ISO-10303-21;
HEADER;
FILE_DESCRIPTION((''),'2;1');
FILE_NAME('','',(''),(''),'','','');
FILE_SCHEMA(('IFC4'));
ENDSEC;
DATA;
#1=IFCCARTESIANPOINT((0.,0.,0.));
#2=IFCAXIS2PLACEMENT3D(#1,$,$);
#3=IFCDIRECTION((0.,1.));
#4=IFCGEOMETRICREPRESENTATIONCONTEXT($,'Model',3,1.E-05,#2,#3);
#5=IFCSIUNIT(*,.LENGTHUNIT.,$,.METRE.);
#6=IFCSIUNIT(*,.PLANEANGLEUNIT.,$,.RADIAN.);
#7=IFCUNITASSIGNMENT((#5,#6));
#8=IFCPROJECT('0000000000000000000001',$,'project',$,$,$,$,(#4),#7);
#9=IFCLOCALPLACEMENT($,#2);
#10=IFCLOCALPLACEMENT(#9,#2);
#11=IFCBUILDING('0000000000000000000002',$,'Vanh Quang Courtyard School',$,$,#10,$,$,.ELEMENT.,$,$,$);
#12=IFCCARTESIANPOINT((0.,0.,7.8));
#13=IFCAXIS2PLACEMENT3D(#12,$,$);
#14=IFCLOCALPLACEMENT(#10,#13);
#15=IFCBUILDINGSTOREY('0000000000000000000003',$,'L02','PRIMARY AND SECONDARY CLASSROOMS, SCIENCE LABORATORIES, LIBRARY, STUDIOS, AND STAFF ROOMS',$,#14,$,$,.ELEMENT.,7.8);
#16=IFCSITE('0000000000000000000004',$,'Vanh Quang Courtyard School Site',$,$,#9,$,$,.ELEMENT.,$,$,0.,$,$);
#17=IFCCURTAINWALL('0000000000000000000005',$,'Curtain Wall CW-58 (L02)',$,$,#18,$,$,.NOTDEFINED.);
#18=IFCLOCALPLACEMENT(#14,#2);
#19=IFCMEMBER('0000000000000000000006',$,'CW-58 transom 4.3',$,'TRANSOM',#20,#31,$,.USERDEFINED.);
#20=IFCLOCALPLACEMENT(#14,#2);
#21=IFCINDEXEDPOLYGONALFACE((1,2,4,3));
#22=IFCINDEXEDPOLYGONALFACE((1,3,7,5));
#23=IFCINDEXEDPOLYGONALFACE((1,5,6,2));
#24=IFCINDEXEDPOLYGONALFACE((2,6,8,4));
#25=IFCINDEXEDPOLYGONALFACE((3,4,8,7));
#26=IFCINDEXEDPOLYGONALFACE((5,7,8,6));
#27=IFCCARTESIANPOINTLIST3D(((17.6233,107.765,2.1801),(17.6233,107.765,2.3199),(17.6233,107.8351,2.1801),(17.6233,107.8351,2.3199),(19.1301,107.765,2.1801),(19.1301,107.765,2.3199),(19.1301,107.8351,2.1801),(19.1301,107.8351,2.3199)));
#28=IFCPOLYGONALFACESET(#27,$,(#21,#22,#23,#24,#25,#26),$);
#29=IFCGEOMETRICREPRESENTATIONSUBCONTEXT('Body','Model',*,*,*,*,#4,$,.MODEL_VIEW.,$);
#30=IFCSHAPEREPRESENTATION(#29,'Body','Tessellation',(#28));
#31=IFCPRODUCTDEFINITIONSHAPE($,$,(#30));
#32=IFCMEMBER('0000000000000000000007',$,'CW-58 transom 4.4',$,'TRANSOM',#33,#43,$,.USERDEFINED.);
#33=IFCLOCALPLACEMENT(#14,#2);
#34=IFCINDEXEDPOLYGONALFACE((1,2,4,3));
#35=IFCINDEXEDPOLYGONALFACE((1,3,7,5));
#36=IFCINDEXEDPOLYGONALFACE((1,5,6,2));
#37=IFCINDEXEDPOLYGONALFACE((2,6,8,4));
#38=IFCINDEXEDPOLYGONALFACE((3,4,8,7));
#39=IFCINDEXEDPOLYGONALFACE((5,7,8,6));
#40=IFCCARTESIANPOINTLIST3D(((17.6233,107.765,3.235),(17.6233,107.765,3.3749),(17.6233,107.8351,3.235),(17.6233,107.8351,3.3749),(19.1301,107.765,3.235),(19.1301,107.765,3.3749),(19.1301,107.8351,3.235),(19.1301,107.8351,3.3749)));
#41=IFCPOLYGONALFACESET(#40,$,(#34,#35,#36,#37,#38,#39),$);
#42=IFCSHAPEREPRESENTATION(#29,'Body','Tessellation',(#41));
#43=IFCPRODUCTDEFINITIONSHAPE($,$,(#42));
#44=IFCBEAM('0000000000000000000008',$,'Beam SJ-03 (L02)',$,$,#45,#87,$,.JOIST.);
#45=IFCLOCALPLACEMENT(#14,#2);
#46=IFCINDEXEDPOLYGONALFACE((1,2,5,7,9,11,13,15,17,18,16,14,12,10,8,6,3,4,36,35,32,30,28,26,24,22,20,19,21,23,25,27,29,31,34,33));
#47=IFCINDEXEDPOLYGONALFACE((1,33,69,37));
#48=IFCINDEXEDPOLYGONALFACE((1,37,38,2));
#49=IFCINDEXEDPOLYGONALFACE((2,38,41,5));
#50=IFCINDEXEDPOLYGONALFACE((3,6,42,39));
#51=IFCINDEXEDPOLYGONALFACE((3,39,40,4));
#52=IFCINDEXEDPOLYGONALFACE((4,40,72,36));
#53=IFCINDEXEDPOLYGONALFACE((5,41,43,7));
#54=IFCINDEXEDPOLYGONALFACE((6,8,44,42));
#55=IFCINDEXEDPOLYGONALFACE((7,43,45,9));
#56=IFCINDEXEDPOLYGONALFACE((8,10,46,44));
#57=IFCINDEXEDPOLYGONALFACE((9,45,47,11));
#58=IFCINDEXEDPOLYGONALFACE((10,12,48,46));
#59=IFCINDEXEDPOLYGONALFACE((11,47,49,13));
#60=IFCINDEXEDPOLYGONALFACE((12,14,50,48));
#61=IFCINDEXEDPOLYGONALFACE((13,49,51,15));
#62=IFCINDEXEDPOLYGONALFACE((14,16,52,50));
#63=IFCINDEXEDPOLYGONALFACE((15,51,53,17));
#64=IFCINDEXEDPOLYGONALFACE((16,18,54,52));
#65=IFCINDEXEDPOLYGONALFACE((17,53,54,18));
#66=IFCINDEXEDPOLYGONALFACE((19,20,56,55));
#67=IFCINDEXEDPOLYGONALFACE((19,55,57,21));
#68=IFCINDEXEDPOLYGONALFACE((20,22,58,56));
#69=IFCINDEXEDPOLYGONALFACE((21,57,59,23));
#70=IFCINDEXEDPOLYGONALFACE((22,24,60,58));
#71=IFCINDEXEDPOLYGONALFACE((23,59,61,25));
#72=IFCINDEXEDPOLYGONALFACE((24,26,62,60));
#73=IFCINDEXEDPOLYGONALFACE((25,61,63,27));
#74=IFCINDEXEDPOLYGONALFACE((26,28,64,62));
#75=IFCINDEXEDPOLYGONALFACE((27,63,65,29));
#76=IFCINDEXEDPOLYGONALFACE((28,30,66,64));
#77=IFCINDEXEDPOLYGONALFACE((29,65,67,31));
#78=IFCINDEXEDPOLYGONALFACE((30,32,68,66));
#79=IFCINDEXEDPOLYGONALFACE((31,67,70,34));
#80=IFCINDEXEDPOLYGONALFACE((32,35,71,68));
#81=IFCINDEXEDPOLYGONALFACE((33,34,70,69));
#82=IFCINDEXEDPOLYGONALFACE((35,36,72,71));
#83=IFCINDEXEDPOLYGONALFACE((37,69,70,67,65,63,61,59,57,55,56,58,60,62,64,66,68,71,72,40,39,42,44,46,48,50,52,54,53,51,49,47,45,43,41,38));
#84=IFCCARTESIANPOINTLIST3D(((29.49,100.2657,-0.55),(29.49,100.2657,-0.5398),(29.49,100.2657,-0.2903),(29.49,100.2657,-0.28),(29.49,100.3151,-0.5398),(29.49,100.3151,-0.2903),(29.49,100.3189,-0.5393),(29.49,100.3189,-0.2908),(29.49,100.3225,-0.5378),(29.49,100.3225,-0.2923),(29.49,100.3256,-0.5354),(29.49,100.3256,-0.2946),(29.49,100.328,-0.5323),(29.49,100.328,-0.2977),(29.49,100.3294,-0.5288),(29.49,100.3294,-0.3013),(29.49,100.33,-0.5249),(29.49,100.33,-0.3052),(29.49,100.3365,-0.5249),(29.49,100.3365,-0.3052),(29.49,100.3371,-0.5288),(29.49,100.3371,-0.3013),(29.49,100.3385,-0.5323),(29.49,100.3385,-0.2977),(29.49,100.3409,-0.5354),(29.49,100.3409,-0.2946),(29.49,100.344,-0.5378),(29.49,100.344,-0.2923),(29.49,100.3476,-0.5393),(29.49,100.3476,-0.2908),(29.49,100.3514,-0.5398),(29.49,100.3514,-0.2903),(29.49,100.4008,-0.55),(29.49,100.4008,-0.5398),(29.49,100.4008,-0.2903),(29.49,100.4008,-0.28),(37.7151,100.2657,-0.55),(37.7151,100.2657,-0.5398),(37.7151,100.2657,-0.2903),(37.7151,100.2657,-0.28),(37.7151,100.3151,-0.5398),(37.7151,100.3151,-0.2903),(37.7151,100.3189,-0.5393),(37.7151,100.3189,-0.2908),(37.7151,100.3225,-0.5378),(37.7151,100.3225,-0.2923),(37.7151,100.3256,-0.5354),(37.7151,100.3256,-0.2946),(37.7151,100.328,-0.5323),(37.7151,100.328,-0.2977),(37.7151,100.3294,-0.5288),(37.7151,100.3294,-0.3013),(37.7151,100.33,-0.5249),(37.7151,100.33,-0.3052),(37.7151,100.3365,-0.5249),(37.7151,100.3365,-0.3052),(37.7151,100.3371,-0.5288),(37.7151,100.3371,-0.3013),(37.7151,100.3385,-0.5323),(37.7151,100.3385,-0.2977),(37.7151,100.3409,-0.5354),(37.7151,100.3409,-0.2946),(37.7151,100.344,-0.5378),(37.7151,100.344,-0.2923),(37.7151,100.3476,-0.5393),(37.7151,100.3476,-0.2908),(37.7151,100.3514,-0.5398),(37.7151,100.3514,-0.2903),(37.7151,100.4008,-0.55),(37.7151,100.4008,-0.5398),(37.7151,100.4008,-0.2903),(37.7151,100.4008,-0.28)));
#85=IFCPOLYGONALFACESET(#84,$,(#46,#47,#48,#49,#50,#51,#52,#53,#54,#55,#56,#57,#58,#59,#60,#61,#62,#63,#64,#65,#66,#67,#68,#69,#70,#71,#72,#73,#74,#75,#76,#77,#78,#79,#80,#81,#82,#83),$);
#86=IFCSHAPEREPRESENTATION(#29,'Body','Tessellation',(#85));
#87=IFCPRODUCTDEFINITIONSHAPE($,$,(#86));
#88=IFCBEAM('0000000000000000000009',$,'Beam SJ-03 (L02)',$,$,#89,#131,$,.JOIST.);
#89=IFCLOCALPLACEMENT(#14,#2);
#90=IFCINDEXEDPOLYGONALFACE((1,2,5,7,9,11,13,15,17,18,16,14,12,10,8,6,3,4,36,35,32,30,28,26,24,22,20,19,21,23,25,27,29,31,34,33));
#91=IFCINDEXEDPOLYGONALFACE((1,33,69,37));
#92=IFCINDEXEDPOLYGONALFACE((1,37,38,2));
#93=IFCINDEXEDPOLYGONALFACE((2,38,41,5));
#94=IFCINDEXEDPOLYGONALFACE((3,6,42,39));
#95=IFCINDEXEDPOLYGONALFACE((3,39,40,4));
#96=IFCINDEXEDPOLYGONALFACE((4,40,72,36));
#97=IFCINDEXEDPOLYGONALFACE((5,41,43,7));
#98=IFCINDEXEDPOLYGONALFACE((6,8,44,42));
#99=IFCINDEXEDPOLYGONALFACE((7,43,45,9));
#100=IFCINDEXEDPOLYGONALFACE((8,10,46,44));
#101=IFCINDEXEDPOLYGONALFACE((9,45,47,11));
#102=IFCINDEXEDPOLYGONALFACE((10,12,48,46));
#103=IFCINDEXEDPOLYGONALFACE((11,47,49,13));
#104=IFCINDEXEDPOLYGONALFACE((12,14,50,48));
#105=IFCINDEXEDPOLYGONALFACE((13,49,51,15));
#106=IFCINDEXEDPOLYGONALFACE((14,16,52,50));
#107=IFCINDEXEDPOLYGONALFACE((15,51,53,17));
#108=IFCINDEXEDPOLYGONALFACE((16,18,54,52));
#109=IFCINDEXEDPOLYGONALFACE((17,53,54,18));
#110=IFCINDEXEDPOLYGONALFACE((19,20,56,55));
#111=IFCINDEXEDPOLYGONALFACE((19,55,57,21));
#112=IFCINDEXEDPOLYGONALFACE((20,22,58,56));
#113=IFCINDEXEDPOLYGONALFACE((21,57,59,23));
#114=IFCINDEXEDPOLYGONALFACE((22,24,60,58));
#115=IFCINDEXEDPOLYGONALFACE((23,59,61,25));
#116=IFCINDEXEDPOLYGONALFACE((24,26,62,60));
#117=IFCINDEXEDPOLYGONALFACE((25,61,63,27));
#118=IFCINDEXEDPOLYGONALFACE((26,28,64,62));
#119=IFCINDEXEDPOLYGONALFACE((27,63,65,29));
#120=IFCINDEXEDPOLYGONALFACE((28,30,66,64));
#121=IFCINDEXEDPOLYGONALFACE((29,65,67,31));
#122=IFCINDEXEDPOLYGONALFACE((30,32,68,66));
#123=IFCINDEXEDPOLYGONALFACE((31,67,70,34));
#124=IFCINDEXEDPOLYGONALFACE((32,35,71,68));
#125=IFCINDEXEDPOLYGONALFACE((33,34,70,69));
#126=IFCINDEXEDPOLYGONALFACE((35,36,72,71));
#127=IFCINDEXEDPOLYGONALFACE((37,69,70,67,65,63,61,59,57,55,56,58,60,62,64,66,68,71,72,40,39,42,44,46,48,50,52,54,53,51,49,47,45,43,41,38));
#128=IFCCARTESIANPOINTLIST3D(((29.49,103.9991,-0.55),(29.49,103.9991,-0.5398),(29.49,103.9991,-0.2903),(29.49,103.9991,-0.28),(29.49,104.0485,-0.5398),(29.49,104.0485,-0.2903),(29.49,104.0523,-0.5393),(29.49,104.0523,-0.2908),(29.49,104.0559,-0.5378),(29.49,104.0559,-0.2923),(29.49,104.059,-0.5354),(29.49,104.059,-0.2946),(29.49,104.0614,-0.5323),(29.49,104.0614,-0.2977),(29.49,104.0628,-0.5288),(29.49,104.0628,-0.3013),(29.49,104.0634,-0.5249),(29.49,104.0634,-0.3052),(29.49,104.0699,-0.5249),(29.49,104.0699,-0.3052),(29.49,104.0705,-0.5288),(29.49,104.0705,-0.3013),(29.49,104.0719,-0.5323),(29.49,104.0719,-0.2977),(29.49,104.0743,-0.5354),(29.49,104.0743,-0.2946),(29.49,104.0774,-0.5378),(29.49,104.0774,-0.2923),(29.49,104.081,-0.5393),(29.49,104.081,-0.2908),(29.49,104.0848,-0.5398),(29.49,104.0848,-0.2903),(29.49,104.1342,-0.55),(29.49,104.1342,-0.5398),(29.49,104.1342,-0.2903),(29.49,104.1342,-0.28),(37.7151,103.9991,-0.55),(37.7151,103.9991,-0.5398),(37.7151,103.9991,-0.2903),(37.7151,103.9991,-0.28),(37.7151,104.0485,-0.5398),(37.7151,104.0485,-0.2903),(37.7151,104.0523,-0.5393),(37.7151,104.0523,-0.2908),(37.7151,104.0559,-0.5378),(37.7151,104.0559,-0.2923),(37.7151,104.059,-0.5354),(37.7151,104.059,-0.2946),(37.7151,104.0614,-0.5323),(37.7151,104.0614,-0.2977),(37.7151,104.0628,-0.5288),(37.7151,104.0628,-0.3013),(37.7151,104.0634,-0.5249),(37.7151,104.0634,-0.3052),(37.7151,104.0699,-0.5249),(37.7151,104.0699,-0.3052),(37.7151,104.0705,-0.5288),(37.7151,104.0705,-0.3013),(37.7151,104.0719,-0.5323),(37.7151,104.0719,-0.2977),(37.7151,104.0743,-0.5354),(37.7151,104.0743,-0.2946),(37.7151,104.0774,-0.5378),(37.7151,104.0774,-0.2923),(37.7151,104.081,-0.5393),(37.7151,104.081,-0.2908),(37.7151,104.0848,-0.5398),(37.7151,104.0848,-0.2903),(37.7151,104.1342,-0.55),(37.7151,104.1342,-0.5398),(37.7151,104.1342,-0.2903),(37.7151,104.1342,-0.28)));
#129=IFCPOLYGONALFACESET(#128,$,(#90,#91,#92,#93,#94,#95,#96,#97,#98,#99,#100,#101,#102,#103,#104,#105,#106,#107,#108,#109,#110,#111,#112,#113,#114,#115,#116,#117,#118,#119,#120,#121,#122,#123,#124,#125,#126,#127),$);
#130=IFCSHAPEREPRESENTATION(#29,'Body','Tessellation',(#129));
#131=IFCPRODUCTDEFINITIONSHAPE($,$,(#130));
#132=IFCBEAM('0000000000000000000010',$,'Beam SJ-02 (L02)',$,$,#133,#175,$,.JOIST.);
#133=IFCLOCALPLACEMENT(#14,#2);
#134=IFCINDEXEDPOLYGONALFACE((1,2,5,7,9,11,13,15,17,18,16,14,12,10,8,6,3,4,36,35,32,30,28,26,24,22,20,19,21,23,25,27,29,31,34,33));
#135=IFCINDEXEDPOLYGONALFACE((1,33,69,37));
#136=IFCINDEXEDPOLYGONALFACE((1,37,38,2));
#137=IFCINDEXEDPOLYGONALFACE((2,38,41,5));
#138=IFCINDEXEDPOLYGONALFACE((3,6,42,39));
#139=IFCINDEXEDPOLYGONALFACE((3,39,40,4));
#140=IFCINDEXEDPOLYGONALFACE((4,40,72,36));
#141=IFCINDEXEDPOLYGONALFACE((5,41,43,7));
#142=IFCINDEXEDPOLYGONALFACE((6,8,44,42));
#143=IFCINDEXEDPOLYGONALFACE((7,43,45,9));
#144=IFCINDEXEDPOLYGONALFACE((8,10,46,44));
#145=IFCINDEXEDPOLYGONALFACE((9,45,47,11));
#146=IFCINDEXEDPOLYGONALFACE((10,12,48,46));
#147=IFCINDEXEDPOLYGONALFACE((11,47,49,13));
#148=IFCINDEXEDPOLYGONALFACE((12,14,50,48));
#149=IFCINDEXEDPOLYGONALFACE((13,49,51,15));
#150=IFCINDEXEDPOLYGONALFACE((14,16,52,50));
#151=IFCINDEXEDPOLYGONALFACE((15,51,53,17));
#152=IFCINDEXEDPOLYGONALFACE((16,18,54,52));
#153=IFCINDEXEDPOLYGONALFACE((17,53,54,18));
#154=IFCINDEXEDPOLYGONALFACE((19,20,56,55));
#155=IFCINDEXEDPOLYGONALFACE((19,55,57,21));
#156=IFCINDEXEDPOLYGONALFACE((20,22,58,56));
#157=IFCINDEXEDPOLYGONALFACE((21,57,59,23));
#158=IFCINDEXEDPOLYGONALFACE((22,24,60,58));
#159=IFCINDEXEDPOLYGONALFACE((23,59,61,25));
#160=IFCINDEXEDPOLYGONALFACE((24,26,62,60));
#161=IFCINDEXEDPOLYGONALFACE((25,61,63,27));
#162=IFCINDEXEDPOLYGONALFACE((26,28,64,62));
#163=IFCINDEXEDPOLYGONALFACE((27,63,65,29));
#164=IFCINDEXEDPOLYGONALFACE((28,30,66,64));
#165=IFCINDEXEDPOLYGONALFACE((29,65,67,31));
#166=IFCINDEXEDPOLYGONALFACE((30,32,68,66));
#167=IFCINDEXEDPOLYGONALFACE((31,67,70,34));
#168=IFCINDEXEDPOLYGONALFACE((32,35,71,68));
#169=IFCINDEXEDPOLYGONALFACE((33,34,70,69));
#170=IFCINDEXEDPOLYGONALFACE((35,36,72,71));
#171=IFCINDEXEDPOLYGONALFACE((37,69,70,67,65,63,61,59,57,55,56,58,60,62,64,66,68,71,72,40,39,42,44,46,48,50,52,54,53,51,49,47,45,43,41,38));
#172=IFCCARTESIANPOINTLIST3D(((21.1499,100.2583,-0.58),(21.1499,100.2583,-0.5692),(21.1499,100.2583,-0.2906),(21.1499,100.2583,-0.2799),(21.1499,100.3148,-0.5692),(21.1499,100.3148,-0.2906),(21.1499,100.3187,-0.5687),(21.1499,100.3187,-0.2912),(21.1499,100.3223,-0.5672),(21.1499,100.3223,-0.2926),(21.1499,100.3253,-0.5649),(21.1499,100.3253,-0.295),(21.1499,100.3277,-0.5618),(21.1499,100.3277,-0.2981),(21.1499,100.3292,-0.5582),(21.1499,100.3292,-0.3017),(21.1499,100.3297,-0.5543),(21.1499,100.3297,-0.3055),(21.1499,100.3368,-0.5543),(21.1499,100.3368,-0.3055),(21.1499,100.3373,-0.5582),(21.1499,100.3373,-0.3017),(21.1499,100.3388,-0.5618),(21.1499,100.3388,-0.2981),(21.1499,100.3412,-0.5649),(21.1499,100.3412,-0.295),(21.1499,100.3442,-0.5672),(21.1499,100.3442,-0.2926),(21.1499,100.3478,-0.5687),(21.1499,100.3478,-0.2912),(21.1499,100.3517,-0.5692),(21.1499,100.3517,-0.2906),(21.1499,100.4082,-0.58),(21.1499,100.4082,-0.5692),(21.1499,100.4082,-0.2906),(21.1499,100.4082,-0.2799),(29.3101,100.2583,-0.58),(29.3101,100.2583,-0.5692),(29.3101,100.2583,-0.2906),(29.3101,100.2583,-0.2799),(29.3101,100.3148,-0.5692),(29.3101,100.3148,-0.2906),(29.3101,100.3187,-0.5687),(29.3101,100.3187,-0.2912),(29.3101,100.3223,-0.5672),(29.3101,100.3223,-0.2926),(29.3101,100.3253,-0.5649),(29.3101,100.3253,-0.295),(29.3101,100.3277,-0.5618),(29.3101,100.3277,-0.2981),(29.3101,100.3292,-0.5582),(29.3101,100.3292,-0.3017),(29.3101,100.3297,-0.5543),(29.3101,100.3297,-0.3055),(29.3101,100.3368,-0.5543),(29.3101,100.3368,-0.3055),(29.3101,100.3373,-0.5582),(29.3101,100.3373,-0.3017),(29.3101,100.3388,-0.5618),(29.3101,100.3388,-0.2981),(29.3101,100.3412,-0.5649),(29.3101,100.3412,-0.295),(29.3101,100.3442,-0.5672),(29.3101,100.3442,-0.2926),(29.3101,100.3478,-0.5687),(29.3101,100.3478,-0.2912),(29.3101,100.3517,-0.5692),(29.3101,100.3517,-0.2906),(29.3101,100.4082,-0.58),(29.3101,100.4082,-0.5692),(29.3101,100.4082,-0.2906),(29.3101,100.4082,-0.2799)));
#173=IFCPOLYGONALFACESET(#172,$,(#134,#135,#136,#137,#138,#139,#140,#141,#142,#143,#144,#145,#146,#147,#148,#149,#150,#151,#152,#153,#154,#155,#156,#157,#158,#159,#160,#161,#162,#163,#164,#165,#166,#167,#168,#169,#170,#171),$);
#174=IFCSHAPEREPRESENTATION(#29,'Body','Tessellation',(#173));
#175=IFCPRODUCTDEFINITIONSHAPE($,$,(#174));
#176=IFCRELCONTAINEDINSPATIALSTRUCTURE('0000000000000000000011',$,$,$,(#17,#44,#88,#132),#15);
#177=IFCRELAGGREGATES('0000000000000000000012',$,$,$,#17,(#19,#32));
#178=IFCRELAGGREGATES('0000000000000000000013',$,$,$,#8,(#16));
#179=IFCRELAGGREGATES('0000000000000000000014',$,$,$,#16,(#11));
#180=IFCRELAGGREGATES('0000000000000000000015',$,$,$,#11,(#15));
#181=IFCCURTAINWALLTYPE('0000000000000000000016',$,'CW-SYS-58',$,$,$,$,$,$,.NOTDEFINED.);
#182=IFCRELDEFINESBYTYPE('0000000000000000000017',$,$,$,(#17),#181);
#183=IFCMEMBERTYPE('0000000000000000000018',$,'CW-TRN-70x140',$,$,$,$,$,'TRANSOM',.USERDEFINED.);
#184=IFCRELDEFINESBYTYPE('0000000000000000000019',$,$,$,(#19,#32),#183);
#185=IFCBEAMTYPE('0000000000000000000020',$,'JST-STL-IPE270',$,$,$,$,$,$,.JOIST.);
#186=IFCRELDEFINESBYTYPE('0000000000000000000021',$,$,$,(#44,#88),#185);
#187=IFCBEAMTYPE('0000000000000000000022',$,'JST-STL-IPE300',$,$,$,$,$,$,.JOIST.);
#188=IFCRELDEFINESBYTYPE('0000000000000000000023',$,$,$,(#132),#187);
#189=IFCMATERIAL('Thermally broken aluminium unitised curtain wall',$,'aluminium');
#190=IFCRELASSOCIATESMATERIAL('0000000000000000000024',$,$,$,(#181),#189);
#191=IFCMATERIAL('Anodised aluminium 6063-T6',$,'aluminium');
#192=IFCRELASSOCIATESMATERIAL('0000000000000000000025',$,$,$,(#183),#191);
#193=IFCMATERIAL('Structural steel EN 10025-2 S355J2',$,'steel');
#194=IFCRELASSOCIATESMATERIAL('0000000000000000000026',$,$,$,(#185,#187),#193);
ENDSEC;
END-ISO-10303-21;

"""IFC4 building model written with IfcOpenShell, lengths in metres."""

from ifc_helpers import new_model, si_unit, direction, frame, origin, origin_2d, place, context, subcontext, project, spatial, rectangle, i_section, extrude, material, material_profile, profile_set, type_object, element, aggregate, save


model = new_model("IFC4")

# Units and contexts
model_context = context("Model", 3, precision=1e-05, world=origin(), true_north=direction((0.0, 1.0)))
body_context = subcontext(model_context, "Body", "Model", "MODEL_VIEW")
ifc_project = project(units=[si_unit("LENGTHUNIT", "METRE"), si_unit("PLANEANGLEUNIT", "RADIAN")], contexts=[model_context])

# Site, building, storey
site_placement = place(None, origin())
site = spatial("IfcSite", under=ifc_project, at=site_placement, Name="Vanh Quang Courtyard School Site", CompositionType="ELEMENT", RefElevation=0.0)
building_placement = place(site_placement, origin())
building = spatial("IfcBuilding", under=site, at=building_placement, Name="Vanh Quang Courtyard School", CompositionType="ELEMENT")
storey_placement = place(building_placement, frame((0.0, 0.0, 7.8)))
storey = spatial("IfcBuildingStorey", under=building, at=storey_placement, Name="L02", Description="PRIMARY AND SECONDARY CLASSROOMS, SCIENCE LABORATORIES, LIBRARY, STUDIOS, AND STAFF ROOMS", CompositionType="ELEMENT", Elevation=7.8)

# Shared definitions
ifc_material_1 = material(Name="Structural steel EN 10025-2 S355J2", Category="steel")

# Curtain wall, members
ifc_material_2 = material(Name="Thermally broken aluminium unitised curtain wall", Category="aluminium")
curtain_wall_type = type_object("IfcCurtainWallType", Name="CW-SYS-58", PredefinedType="NOTDEFINED", material=ifc_material_2)
curtain_wall_placement = place(storey_placement, origin())
curtain_wall = element("IfcCurtainWall", 1, at=curtain_wall_placement, inside=storey, type_object=curtain_wall_type, Name="Curtain Wall CW-58 (L02)", PredefinedType="NOTDEFINED")
ifc_material_3 = material(Name="Anodised aluminium 6063-T6", Category="aluminium")
ifc_material_profile_1 = material_profile(ifc_material_3, rectangle(XDim=0.0701, YDim=0.1399, at=origin_2d()), Name="ALU-TRN 70x140")
ifc_profile_set_1 = profile_set([ifc_material_profile_1], Name="Anodised aluminium 6063-T6")
member_type_1 = type_object("IfcMemberType", Name="CW-TRN-70x140", ElementType="TRANSOM", PredefinedType="USERDEFINED", material=ifc_profile_set_1)
member_1_placement = place(storey_placement, frame((17.6233, 107.8, 2.25), z_axis=(1.0, 0.0, 0.0), x_axis=(0.0, 1.0, 0.0)))
member_1 = element("IfcMember", 2, at=member_1_placement, type_object=member_type_1, Name="CW-58 transom 4.3", ObjectType="TRANSOM", PredefinedType="USERDEFINED", context=body_context, shape_type="SweptSolid", body=[
    extrude(rectangle(XDim=0.0701, YDim=0.1399, at=origin_2d()), origin(), (0.0, 0.0, 1.0), 1.5068),
])
member_2_placement = place(storey_placement, frame((17.6233, 107.8, 3.3049), z_axis=(1.0, 0.0, 0.0), x_axis=(0.0, 1.0, 0.0)))
member_2 = element("IfcMember", 3, at=member_2_placement, type_object=member_type_1, Name="CW-58 transom 4.4", ObjectType="TRANSOM", PredefinedType="USERDEFINED", context=body_context, shape_type="SweptSolid", body=[
    extrude(rectangle(XDim=0.0701, YDim=0.1399, at=origin_2d()), origin(), (0.0, 0.0, 1.0), 1.5068),
])

# Beams
ifc_material_profile_2 = material_profile(ifc_material_1, i_section(OverallWidth=0.135, OverallDepth=0.27, WebThickness=0.0066, FlangeThickness=0.0103, FilletRadius=0.0149, at=origin_2d()), Name="IPE 270")
ifc_profile_set_2 = profile_set([ifc_material_profile_2], Name="Structural steel EN 10025-2 S355J2")
beam_type_1 = type_object("IfcBeamType", Name="JST-STL-IPE270", PredefinedType="JOIST", material=ifc_profile_set_2)
for number, where, z_axis, x_axis, name in (
    (4, (29.49, 100.3333, -0.415), (1.0, 0.0, 0.0), (0.0, 1.0, 0.0), "Beam SJ-03 (L02)"),
    (5, (29.49, 104.0667, -0.415), (1.0, 0.0, 0.0), (0.0, 1.0, 0.0), "Beam SJ-03 (L02)"),
):
    element("IfcBeam", number, at=place(storey_placement, frame(where, z_axis=z_axis, x_axis=x_axis)), inside=storey, type_object=beam_type_1, Name=name, PredefinedType="JOIST", context=body_context, shape_type="SweptSolid", body=[
        extrude(i_section(OverallWidth=0.135, OverallDepth=0.27, WebThickness=0.0066, FlangeThickness=0.0103, FilletRadius=0.0149, at=origin_2d()), origin(), (0.0, 0.0, 1.0), 8.2251),
    ])
ifc_material_profile_3 = material_profile(ifc_material_1, i_section(OverallWidth=0.1499, OverallDepth=0.3, WebThickness=0.0071, FlangeThickness=0.0107, FilletRadius=0.0149, at=origin_2d()), Name="IPE 300")
ifc_profile_set_3 = profile_set([ifc_material_profile_3], Name="Structural steel EN 10025-2 S355J2")
beam_type_2 = type_object("IfcBeamType", Name="JST-STL-IPE300", PredefinedType="JOIST", material=ifc_profile_set_3)
for number, where, z_axis, x_axis, name in (
    (6, (21.1499, 100.3333, -0.4299), (1.0, 0.0, 0.0), (0.0, 1.0, 0.0), "Beam SJ-02 (L02)"),
):
    element("IfcBeam", number, at=place(storey_placement, frame(where, z_axis=z_axis, x_axis=x_axis)), inside=storey, type_object=beam_type_2, Name=name, PredefinedType="JOIST", context=body_context, shape_type="SweptSolid", body=[
        extrude(i_section(OverallWidth=0.1499, OverallDepth=0.3, WebThickness=0.0071, FlangeThickness=0.0107, FilletRadius=0.0149, at=origin_2d()), origin(), (0.0, 0.0, 1.0), 8.1602),
    ])

aggregate(curtain_wall, [member_1, member_2])

save(model, "model.ifc")
